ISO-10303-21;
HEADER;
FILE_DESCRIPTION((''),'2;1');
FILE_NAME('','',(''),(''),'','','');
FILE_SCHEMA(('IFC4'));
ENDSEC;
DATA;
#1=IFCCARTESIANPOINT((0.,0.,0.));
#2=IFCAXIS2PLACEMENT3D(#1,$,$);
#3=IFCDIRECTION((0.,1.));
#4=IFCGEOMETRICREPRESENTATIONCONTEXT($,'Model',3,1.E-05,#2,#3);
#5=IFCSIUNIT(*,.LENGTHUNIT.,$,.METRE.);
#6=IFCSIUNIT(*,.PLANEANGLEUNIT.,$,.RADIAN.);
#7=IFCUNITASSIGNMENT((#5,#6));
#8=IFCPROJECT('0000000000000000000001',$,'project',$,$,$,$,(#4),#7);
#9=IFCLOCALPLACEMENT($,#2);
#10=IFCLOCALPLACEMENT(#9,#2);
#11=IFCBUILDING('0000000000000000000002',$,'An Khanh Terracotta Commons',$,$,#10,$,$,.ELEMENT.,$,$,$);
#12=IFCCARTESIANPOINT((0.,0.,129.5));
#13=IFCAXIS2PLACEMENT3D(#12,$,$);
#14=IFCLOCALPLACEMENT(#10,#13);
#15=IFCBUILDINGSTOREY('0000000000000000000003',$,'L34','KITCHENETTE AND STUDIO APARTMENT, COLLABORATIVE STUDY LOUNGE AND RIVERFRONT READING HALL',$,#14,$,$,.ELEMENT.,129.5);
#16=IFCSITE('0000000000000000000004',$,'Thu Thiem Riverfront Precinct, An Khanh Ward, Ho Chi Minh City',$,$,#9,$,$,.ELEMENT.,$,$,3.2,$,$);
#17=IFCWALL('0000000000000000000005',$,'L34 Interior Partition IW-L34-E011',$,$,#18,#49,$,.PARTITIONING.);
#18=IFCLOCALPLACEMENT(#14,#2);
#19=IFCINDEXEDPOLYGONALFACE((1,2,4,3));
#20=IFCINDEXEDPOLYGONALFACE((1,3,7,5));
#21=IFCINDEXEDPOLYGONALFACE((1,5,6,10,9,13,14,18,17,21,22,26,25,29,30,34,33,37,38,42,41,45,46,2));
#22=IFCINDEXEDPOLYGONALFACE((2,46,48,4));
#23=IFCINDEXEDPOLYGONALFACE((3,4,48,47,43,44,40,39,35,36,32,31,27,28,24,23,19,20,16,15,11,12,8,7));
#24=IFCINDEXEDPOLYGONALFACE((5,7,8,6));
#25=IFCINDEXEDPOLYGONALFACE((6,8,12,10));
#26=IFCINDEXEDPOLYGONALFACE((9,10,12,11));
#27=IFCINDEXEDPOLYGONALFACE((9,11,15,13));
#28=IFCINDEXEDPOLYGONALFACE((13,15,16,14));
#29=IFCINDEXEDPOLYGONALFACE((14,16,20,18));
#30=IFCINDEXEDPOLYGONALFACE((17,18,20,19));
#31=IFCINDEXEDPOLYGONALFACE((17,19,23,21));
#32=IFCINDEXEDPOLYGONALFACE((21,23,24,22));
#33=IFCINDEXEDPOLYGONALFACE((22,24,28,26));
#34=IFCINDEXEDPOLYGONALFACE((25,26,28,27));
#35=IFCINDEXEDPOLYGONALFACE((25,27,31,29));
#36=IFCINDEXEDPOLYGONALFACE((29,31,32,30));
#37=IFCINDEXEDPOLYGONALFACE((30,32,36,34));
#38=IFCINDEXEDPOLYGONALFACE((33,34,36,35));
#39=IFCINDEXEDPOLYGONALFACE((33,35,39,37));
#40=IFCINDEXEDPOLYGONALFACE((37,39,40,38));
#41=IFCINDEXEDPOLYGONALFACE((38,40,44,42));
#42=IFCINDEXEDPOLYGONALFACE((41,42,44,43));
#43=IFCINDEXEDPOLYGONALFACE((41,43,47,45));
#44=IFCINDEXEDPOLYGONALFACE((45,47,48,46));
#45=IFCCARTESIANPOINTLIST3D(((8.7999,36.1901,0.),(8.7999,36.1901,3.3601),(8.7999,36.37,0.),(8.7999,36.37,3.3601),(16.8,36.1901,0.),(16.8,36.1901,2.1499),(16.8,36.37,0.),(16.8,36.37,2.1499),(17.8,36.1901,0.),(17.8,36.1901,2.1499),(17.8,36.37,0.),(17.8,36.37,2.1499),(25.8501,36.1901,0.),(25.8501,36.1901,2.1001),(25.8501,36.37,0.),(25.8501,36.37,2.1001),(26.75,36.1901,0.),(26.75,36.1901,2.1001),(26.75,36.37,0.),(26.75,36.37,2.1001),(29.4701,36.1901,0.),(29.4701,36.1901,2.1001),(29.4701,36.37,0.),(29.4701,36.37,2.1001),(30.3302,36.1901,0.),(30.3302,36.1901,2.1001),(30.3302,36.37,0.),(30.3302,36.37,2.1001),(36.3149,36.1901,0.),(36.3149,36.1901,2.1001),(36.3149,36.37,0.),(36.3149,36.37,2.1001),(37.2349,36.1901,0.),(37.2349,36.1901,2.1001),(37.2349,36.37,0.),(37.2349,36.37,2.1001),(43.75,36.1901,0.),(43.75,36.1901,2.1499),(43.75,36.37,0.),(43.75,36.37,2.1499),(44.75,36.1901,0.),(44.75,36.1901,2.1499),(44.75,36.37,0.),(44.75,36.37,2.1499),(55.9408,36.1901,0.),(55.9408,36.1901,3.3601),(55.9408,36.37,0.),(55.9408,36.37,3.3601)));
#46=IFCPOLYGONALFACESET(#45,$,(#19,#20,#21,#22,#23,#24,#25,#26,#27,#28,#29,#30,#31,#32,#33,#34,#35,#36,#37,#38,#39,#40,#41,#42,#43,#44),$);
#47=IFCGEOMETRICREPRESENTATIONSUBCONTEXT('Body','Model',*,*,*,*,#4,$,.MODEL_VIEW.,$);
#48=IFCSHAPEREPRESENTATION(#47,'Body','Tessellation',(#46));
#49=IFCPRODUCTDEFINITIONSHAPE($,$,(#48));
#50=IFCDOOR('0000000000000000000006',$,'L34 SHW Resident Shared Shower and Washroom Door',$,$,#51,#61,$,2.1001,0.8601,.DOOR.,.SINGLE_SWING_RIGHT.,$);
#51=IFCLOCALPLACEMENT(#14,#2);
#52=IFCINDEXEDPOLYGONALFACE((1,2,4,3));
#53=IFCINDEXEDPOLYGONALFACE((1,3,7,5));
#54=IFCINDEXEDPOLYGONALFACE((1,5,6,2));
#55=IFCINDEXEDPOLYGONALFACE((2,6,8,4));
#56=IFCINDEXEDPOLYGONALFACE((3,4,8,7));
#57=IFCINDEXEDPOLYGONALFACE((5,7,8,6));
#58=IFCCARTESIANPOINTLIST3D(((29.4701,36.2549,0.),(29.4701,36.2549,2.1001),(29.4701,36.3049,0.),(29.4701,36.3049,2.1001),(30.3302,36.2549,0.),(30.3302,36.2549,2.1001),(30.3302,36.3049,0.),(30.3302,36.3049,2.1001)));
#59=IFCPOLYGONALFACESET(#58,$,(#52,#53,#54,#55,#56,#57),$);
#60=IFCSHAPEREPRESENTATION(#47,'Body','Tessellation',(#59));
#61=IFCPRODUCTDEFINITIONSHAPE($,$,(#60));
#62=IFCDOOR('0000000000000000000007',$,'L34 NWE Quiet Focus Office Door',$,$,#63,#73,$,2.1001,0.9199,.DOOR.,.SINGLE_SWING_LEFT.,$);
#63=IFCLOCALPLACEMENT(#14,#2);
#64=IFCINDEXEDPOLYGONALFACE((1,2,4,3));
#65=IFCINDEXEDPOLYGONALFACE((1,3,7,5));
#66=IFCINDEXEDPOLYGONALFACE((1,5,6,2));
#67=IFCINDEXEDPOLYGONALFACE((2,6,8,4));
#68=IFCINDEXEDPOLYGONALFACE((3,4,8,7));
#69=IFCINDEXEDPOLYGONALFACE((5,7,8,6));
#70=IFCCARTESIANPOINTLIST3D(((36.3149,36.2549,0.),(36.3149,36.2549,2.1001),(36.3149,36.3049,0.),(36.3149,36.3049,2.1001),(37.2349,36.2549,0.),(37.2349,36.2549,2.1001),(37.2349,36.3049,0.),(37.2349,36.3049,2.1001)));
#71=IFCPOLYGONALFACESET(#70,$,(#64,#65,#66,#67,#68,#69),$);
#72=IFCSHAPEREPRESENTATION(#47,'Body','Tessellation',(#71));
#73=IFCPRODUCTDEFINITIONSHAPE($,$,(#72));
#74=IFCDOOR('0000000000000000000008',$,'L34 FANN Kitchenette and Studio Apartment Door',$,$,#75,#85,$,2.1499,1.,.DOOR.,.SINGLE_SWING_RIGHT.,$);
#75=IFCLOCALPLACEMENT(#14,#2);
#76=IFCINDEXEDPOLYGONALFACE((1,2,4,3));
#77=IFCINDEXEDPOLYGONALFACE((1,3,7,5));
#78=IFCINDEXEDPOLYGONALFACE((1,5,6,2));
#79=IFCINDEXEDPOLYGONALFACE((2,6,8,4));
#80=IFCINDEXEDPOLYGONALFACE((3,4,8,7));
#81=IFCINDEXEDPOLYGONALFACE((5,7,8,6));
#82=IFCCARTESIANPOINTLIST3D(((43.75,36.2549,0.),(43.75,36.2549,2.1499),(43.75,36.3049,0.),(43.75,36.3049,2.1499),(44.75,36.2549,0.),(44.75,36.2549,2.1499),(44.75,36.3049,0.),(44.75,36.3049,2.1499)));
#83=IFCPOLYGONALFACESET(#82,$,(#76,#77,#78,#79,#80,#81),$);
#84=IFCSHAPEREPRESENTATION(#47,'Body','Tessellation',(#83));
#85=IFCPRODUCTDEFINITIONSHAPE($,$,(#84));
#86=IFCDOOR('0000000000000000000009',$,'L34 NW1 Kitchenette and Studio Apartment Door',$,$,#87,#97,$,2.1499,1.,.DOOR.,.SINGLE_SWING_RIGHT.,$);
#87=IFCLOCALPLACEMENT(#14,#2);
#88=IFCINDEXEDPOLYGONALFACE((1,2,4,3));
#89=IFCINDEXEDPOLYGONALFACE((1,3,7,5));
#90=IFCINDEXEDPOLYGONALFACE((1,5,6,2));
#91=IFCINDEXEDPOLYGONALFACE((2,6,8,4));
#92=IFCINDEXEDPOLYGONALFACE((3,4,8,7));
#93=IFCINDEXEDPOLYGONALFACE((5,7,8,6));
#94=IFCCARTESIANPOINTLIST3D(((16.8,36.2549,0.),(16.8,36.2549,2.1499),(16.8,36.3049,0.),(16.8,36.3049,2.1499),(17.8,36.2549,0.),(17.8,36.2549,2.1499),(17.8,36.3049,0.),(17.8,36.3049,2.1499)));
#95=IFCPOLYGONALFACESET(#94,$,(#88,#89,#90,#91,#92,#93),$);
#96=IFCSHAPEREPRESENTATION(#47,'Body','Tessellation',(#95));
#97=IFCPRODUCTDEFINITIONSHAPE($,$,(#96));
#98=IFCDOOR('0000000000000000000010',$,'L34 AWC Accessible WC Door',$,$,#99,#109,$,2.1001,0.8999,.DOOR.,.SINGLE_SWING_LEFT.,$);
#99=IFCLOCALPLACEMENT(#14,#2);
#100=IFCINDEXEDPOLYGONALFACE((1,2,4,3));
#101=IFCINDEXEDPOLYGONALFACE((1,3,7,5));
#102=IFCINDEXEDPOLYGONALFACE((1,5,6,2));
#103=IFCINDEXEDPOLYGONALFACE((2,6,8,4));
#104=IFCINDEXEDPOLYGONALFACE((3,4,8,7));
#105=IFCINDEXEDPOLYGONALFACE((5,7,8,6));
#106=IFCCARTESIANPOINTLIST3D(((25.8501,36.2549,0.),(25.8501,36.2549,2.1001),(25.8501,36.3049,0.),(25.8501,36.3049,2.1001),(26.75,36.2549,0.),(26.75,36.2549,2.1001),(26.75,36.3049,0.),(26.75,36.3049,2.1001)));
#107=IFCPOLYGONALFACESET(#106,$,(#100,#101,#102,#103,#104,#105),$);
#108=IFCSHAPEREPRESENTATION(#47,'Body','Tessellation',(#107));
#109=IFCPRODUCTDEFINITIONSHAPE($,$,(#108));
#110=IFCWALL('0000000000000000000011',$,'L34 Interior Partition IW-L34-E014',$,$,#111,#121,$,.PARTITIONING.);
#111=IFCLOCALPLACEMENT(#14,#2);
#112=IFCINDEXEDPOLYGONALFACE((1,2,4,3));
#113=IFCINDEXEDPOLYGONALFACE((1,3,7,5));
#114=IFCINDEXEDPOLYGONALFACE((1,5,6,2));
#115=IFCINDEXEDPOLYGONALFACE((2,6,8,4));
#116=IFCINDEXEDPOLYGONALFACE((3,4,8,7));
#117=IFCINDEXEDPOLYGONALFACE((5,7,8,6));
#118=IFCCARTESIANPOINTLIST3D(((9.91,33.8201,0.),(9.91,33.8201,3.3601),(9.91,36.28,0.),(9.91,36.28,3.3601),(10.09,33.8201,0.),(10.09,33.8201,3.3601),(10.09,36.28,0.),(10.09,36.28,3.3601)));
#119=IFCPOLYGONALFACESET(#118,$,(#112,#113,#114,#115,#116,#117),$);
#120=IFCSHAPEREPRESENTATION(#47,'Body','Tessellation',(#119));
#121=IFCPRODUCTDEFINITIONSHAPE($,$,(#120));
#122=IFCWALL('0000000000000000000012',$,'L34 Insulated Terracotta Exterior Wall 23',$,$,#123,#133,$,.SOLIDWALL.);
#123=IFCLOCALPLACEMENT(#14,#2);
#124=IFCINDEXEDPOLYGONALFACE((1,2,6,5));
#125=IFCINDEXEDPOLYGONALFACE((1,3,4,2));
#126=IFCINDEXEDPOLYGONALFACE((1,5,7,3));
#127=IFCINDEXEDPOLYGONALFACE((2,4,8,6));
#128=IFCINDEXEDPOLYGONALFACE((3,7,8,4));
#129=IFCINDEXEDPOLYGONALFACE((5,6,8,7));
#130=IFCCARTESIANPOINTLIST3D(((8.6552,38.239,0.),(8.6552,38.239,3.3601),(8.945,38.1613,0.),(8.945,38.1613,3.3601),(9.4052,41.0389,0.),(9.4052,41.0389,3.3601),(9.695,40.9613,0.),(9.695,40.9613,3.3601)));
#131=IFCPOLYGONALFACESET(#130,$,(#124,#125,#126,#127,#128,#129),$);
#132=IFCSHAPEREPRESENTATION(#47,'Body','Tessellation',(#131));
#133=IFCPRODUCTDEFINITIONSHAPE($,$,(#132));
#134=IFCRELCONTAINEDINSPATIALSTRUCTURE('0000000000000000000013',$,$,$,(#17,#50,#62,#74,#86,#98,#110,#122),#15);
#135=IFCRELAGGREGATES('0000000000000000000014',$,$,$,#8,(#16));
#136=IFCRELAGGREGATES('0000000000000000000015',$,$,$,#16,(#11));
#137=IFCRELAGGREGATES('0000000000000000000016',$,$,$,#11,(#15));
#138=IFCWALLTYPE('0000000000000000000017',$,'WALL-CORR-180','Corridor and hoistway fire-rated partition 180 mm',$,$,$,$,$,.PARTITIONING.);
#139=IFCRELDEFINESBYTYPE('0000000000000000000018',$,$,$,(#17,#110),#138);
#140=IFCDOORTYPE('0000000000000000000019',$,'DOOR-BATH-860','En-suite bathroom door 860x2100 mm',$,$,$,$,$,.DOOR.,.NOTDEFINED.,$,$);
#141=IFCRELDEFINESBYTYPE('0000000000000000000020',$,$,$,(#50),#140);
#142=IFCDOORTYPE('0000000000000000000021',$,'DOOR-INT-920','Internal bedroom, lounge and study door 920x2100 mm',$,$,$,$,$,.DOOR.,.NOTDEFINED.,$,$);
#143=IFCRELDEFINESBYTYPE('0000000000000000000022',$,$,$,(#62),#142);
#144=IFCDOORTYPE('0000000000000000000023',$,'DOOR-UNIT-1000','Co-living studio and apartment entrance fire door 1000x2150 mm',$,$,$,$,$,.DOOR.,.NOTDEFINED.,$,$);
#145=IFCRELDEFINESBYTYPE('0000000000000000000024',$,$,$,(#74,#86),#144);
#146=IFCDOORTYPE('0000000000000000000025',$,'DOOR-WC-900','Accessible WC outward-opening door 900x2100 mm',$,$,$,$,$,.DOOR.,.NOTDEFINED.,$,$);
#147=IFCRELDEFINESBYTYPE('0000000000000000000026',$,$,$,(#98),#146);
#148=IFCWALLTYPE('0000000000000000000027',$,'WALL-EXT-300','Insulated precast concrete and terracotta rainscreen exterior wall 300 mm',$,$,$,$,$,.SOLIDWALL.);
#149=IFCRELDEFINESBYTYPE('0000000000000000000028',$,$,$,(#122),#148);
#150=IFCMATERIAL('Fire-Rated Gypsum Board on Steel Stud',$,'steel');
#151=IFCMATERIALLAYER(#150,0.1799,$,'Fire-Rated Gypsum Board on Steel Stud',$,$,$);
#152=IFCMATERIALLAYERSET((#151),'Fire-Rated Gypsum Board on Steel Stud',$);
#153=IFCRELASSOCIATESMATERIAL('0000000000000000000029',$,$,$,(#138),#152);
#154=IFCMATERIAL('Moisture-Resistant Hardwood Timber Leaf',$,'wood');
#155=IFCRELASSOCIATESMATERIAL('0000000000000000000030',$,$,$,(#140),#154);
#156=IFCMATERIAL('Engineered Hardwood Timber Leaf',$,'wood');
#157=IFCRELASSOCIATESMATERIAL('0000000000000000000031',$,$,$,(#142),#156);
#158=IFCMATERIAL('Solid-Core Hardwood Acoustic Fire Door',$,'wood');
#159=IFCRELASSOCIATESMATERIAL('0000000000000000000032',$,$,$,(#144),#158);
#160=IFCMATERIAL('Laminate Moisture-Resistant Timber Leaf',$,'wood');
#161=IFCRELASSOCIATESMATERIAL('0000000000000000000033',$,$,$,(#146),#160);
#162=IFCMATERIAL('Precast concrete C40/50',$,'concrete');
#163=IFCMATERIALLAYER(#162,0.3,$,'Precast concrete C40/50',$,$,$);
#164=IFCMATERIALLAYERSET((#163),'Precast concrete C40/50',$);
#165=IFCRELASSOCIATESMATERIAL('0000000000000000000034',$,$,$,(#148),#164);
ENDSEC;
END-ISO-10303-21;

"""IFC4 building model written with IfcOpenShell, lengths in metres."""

from ifc_helpers import new_model, si_unit, direction, frame, frame_2d, origin, place, context, subcontext, project, spatial, rectangle, extrude, material, layer, layer_set, type_object, element, fill, save


model = new_model("IFC4")

# Units and contexts
model_context = context("Model", 3, precision=1e-05, world=origin(), true_north=direction((0.0, 1.0)))
body_context = subcontext(model_context, "Body", "Model", "MODEL_VIEW")
ifc_project = project(units=[si_unit("LENGTHUNIT", "METRE"), si_unit("PLANEANGLEUNIT", "RADIAN")], contexts=[model_context])

# Site, building, storey
site_placement = place(None, origin())
site = spatial("IfcSite", under=ifc_project, at=site_placement, Name="Thu Thiem Riverfront Precinct, An Khanh Ward, Ho Chi Minh City", CompositionType="ELEMENT", RefElevation=3.2)
building_placement = place(site_placement, origin())
building = spatial("IfcBuilding", under=site, at=building_placement, Name="An Khanh Terracotta Commons", CompositionType="ELEMENT")
storey_placement = place(building_placement, frame((0.0, 0.0, 129.5)))
storey = spatial("IfcBuildingStorey", under=building, at=storey_placement, Name="L34", Description="KITCHENETTE AND STUDIO APARTMENT, COLLABORATIVE STUDY LOUNGE AND RIVERFRONT READING HALL", CompositionType="ELEMENT", Elevation=129.5)

# Wall, openings, doors
ifc_material_1 = material(Name="Fire-Rated Gypsum Board on Steel Stud", Category="steel")
ifc_layer_1 = layer(ifc_material_1, 0.1799, Name="Fire-Rated Gypsum Board on Steel Stud")
ifc_layer_set_1 = layer_set([ifc_layer_1], Name="Fire-Rated Gypsum Board on Steel Stud")
wall_type_1 = type_object("IfcWallType", Name="WALL-CORR-180", Description="Corridor and hoistway fire-rated partition 180 mm", PredefinedType="PARTITIONING", material=ifc_layer_set_1)
wall_1_placement = place(storey_placement, frame((8.8, 36.28, 0.0), z_axis=(0.0, 0.0, 1.0), x_axis=(1.0, 0.0, 0.0)))
wall_1 = element("IfcWall", 1, at=wall_1_placement, inside=storey, type_object=wall_type_1, Name="L34 Interior Partition IW-L34-E011", PredefinedType="PARTITIONING", context=body_context, shape_type="SweptSolid", body=[
    extrude(rectangle(XDim=47.1409, YDim=0.1799, at=frame_2d((23.5703, 0.0))), origin(), (0.0, 0.0, 1.0), 3.3601),
])
opening_1_placement = place(wall_1_placement, frame((17.05, 0.0, 0.0)))
opening_1 = element("IfcOpeningElement", 2, at=opening_1_placement, cuts=wall_1, PredefinedType="OPENING", context=body_context, shape_type="SweptSolid", body=[
    extrude(rectangle(XDim=0.8999, YDim=2.1001, at=frame_2d((0.45, 1.05))), frame((0.0, 0.0999, 0.0), z_axis=(0.0, -1.0, 0.0), x_axis=(1.0, 0.0, 0.0)), (0.0, 0.0, 1.0), 0.2),
])
opening_2_placement = place(wall_1_placement, frame((20.6699, 0.0, 0.0)))
opening_2 = element("IfcOpeningElement", 3, at=opening_2_placement, cuts=wall_1, PredefinedType="OPENING", context=body_context, shape_type="SweptSolid", body=[
    extrude(rectangle(XDim=0.8601, YDim=2.1001, at=frame_2d((0.4302, 1.05))), frame((0.0, 0.0999, 0.0), z_axis=(0.0, -1.0, 0.0), x_axis=(1.0, 0.0, 0.0)), (0.0, 0.0, 1.0), 0.2),
])
opening_3_placement = place(wall_1_placement, frame((34.95, 0.0, 0.0)))
opening_3 = element("IfcOpeningElement", 4, at=opening_3_placement, cuts=wall_1, PredefinedType="OPENING", context=body_context, shape_type="SweptSolid", body=[
    extrude(rectangle(XDim=1.0, YDim=2.1499, at=frame_2d((0.5, 1.075))), frame((0.0, 0.0999, 0.0), z_axis=(0.0, -1.0, 0.0), x_axis=(1.0, 0.0, 0.0)), (0.0, 0.0, 1.0), 0.2),
])
opening_4_placement = place(wall_1_placement, frame((8.0, 0.0, 0.0)))
opening_4 = element("IfcOpeningElement", 5, at=opening_4_placement, cuts=wall_1, PredefinedType="OPENING", context=body_context, shape_type="SweptSolid", body=[
    extrude(rectangle(XDim=1.0, YDim=2.1499, at=frame_2d((0.5, 1.075))), frame((0.0, 0.0999, 0.0), z_axis=(0.0, -1.0, 0.0), x_axis=(1.0, 0.0, 0.0)), (0.0, 0.0, 1.0), 0.2),
])
opening_5_placement = place(wall_1_placement, frame((27.5149, 0.0, 0.0)))
opening_5 = element("IfcOpeningElement", 6, at=opening_5_placement, cuts=wall_1, PredefinedType="OPENING", context=body_context, shape_type="SweptSolid", body=[
    extrude(rectangle(XDim=0.9199, YDim=2.1001, at=frame_2d((0.46, 1.05))), frame((0.0, 0.0999, 0.0), z_axis=(0.0, -1.0, 0.0), x_axis=(1.0, 0.0, 0.0)), (0.0, 0.0, 1.0), 0.2),
])
ifc_material_2 = material(Name="Moisture-Resistant Hardwood Timber Leaf", Category="wood")
door_type_1 = type_object("IfcDoorType", Name="DOOR-BATH-860", Description="En-suite bathroom door 860x2100 mm", OperationType="NOTDEFINED", PredefinedType="DOOR", material=ifc_material_2)
door_1_placement = place(opening_2_placement, origin())
door_1 = element("IfcDoor", 7, at=door_1_placement, inside=storey, type_object=door_type_1, Name="L34 SHW Resident Shared Shower and Washroom Door", OperationType="SINGLE_SWING_RIGHT", OverallHeight=2.1001, OverallWidth=0.8601, PredefinedType="DOOR", context=body_context, shape_type="SweptSolid", body=[
    extrude(rectangle(XDim=0.8601, YDim=2.1001, at=frame_2d((0.4302, 1.05))), frame((0.0, 0.0249, 0.0), z_axis=(0.0, -1.0, 0.0), x_axis=(1.0, 0.0, 0.0)), (0.0, 0.0, 1.0), 0.05),
])
fill(opening_2, door_1)
ifc_material_3 = material(Name="Engineered Hardwood Timber Leaf", Category="wood")
door_type_2 = type_object("IfcDoorType", Name="DOOR-INT-920", Description="Internal bedroom, lounge and study door 920x2100 mm", OperationType="NOTDEFINED", PredefinedType="DOOR", material=ifc_material_3)
door_2_placement = place(opening_5_placement, origin())
door_2 = element("IfcDoor", 8, at=door_2_placement, inside=storey, type_object=door_type_2, Name="L34 NWE Quiet Focus Office Door", OperationType="SINGLE_SWING_LEFT", OverallHeight=2.1001, OverallWidth=0.9199, PredefinedType="DOOR", context=body_context, shape_type="SweptSolid", body=[
    extrude(rectangle(XDim=0.9199, YDim=2.1001, at=frame_2d((0.46, 1.05))), frame((0.0, 0.0249, 0.0), z_axis=(0.0, -1.0, 0.0), x_axis=(1.0, 0.0, 0.0)), (0.0, 0.0, 1.0), 0.05),
])
fill(opening_5, door_2)
ifc_material_4 = material(Name="Solid-Core Hardwood Acoustic Fire Door", Category="wood")
door_type_3 = type_object("IfcDoorType", Name="DOOR-UNIT-1000", Description="Co-living studio and apartment entrance fire door 1000x2150 mm", OperationType="NOTDEFINED", PredefinedType="DOOR", material=ifc_material_4)
door_3_placement = place(opening_3_placement, origin())
door_3 = element("IfcDoor", 9, at=door_3_placement, inside=storey, type_object=door_type_3, Name="L34 FANN Kitchenette and Studio Apartment Door", OperationType="SINGLE_SWING_RIGHT", OverallHeight=2.1499, OverallWidth=1.0, PredefinedType="DOOR", context=body_context, shape_type="SweptSolid", body=[
    extrude(rectangle(XDim=1.0, YDim=2.1499, at=frame_2d((0.5, 1.075))), frame((0.0, 0.0249, 0.0), z_axis=(0.0, -1.0, 0.0), x_axis=(1.0, 0.0, 0.0)), (0.0, 0.0, 1.0), 0.05),
])
fill(opening_3, door_3)
door_4_placement = place(opening_4_placement, origin())
door_4 = element("IfcDoor", 10, at=door_4_placement, inside=storey, type_object=door_type_3, Name="L34 NW1 Kitchenette and Studio Apartment Door", OperationType="SINGLE_SWING_RIGHT", OverallHeight=2.1499, OverallWidth=1.0, PredefinedType="DOOR", context=body_context, shape_type="SweptSolid", body=[
    extrude(rectangle(XDim=1.0, YDim=2.1499, at=frame_2d((0.5, 1.075))), frame((0.0, 0.0249, 0.0), z_axis=(0.0, -1.0, 0.0), x_axis=(1.0, 0.0, 0.0)), (0.0, 0.0, 1.0), 0.05),
])
fill(opening_4, door_4)
ifc_material_5 = material(Name="Laminate Moisture-Resistant Timber Leaf", Category="wood")
door_type_4 = type_object("IfcDoorType", Name="DOOR-WC-900", Description="Accessible WC outward-opening door 900x2100 mm", OperationType="NOTDEFINED", PredefinedType="DOOR", material=ifc_material_5)
door_5_placement = place(opening_1_placement, origin())
door_5 = element("IfcDoor", 11, at=door_5_placement, inside=storey, type_object=door_type_4, Name="L34 AWC Accessible WC Door", OperationType="SINGLE_SWING_LEFT", OverallHeight=2.1001, OverallWidth=0.8999, PredefinedType="DOOR", context=body_context, shape_type="SweptSolid", body=[
    extrude(rectangle(XDim=0.8999, YDim=2.1001, at=frame_2d((0.45, 1.05))), frame((0.0, 0.0249, 0.0), z_axis=(0.0, -1.0, 0.0), x_axis=(1.0, 0.0, 0.0)), (0.0, 0.0, 1.0), 0.05),
])
fill(opening_1, door_5)

# Walls
wall_2_placement = place(storey_placement, frame((10.0, 33.8201, 0.0), z_axis=(0.0, 0.0, 1.0), x_axis=(0.0, 1.0, 0.0)))
element("IfcWall", 12, at=wall_2_placement, inside=storey, type_object=wall_type_1, Name="L34 Interior Partition IW-L34-E014", PredefinedType="PARTITIONING", context=body_context, shape_type="SweptSolid", body=[
    extrude(rectangle(XDim=2.46, YDim=0.1799, at=frame_2d((1.23, 0.0))), origin(), (0.0, 0.0, 1.0), 3.3601),
])
ifc_material_6 = material(Name="Precast concrete C40/50", Category="concrete")
ifc_layer_2 = layer(ifc_material_6, 0.3, Name="Precast concrete C40/50")
ifc_layer_set_2 = layer_set([ifc_layer_2], Name="Precast concrete C40/50")
wall_type_2 = type_object("IfcWallType", Name="WALL-EXT-300", Description="Insulated precast concrete and terracotta rainscreen exterior wall 300 mm", PredefinedType="SOLIDWALL", material=ifc_layer_set_2)
wall_3_placement = place(storey_placement, frame((9.55, 41.0, 0.0), z_axis=(0.0, 0.0, 1.0), x_axis=(-0.258732, -0.965949, 0.0)))
element("IfcWall", 13, at=wall_3_placement, inside=storey, type_object=wall_type_2, Name="L34 Insulated Terracotta Exterior Wall 23", PredefinedType="SOLIDWALL", context=body_context, shape_type="SweptSolid", body=[
    extrude(rectangle(XDim=2.8987, YDim=0.3, at=frame_2d((1.4492, 0.0))), origin(), (0.0, 0.0, 1.0), 3.3601),
])

save(model, "model.ifc")
